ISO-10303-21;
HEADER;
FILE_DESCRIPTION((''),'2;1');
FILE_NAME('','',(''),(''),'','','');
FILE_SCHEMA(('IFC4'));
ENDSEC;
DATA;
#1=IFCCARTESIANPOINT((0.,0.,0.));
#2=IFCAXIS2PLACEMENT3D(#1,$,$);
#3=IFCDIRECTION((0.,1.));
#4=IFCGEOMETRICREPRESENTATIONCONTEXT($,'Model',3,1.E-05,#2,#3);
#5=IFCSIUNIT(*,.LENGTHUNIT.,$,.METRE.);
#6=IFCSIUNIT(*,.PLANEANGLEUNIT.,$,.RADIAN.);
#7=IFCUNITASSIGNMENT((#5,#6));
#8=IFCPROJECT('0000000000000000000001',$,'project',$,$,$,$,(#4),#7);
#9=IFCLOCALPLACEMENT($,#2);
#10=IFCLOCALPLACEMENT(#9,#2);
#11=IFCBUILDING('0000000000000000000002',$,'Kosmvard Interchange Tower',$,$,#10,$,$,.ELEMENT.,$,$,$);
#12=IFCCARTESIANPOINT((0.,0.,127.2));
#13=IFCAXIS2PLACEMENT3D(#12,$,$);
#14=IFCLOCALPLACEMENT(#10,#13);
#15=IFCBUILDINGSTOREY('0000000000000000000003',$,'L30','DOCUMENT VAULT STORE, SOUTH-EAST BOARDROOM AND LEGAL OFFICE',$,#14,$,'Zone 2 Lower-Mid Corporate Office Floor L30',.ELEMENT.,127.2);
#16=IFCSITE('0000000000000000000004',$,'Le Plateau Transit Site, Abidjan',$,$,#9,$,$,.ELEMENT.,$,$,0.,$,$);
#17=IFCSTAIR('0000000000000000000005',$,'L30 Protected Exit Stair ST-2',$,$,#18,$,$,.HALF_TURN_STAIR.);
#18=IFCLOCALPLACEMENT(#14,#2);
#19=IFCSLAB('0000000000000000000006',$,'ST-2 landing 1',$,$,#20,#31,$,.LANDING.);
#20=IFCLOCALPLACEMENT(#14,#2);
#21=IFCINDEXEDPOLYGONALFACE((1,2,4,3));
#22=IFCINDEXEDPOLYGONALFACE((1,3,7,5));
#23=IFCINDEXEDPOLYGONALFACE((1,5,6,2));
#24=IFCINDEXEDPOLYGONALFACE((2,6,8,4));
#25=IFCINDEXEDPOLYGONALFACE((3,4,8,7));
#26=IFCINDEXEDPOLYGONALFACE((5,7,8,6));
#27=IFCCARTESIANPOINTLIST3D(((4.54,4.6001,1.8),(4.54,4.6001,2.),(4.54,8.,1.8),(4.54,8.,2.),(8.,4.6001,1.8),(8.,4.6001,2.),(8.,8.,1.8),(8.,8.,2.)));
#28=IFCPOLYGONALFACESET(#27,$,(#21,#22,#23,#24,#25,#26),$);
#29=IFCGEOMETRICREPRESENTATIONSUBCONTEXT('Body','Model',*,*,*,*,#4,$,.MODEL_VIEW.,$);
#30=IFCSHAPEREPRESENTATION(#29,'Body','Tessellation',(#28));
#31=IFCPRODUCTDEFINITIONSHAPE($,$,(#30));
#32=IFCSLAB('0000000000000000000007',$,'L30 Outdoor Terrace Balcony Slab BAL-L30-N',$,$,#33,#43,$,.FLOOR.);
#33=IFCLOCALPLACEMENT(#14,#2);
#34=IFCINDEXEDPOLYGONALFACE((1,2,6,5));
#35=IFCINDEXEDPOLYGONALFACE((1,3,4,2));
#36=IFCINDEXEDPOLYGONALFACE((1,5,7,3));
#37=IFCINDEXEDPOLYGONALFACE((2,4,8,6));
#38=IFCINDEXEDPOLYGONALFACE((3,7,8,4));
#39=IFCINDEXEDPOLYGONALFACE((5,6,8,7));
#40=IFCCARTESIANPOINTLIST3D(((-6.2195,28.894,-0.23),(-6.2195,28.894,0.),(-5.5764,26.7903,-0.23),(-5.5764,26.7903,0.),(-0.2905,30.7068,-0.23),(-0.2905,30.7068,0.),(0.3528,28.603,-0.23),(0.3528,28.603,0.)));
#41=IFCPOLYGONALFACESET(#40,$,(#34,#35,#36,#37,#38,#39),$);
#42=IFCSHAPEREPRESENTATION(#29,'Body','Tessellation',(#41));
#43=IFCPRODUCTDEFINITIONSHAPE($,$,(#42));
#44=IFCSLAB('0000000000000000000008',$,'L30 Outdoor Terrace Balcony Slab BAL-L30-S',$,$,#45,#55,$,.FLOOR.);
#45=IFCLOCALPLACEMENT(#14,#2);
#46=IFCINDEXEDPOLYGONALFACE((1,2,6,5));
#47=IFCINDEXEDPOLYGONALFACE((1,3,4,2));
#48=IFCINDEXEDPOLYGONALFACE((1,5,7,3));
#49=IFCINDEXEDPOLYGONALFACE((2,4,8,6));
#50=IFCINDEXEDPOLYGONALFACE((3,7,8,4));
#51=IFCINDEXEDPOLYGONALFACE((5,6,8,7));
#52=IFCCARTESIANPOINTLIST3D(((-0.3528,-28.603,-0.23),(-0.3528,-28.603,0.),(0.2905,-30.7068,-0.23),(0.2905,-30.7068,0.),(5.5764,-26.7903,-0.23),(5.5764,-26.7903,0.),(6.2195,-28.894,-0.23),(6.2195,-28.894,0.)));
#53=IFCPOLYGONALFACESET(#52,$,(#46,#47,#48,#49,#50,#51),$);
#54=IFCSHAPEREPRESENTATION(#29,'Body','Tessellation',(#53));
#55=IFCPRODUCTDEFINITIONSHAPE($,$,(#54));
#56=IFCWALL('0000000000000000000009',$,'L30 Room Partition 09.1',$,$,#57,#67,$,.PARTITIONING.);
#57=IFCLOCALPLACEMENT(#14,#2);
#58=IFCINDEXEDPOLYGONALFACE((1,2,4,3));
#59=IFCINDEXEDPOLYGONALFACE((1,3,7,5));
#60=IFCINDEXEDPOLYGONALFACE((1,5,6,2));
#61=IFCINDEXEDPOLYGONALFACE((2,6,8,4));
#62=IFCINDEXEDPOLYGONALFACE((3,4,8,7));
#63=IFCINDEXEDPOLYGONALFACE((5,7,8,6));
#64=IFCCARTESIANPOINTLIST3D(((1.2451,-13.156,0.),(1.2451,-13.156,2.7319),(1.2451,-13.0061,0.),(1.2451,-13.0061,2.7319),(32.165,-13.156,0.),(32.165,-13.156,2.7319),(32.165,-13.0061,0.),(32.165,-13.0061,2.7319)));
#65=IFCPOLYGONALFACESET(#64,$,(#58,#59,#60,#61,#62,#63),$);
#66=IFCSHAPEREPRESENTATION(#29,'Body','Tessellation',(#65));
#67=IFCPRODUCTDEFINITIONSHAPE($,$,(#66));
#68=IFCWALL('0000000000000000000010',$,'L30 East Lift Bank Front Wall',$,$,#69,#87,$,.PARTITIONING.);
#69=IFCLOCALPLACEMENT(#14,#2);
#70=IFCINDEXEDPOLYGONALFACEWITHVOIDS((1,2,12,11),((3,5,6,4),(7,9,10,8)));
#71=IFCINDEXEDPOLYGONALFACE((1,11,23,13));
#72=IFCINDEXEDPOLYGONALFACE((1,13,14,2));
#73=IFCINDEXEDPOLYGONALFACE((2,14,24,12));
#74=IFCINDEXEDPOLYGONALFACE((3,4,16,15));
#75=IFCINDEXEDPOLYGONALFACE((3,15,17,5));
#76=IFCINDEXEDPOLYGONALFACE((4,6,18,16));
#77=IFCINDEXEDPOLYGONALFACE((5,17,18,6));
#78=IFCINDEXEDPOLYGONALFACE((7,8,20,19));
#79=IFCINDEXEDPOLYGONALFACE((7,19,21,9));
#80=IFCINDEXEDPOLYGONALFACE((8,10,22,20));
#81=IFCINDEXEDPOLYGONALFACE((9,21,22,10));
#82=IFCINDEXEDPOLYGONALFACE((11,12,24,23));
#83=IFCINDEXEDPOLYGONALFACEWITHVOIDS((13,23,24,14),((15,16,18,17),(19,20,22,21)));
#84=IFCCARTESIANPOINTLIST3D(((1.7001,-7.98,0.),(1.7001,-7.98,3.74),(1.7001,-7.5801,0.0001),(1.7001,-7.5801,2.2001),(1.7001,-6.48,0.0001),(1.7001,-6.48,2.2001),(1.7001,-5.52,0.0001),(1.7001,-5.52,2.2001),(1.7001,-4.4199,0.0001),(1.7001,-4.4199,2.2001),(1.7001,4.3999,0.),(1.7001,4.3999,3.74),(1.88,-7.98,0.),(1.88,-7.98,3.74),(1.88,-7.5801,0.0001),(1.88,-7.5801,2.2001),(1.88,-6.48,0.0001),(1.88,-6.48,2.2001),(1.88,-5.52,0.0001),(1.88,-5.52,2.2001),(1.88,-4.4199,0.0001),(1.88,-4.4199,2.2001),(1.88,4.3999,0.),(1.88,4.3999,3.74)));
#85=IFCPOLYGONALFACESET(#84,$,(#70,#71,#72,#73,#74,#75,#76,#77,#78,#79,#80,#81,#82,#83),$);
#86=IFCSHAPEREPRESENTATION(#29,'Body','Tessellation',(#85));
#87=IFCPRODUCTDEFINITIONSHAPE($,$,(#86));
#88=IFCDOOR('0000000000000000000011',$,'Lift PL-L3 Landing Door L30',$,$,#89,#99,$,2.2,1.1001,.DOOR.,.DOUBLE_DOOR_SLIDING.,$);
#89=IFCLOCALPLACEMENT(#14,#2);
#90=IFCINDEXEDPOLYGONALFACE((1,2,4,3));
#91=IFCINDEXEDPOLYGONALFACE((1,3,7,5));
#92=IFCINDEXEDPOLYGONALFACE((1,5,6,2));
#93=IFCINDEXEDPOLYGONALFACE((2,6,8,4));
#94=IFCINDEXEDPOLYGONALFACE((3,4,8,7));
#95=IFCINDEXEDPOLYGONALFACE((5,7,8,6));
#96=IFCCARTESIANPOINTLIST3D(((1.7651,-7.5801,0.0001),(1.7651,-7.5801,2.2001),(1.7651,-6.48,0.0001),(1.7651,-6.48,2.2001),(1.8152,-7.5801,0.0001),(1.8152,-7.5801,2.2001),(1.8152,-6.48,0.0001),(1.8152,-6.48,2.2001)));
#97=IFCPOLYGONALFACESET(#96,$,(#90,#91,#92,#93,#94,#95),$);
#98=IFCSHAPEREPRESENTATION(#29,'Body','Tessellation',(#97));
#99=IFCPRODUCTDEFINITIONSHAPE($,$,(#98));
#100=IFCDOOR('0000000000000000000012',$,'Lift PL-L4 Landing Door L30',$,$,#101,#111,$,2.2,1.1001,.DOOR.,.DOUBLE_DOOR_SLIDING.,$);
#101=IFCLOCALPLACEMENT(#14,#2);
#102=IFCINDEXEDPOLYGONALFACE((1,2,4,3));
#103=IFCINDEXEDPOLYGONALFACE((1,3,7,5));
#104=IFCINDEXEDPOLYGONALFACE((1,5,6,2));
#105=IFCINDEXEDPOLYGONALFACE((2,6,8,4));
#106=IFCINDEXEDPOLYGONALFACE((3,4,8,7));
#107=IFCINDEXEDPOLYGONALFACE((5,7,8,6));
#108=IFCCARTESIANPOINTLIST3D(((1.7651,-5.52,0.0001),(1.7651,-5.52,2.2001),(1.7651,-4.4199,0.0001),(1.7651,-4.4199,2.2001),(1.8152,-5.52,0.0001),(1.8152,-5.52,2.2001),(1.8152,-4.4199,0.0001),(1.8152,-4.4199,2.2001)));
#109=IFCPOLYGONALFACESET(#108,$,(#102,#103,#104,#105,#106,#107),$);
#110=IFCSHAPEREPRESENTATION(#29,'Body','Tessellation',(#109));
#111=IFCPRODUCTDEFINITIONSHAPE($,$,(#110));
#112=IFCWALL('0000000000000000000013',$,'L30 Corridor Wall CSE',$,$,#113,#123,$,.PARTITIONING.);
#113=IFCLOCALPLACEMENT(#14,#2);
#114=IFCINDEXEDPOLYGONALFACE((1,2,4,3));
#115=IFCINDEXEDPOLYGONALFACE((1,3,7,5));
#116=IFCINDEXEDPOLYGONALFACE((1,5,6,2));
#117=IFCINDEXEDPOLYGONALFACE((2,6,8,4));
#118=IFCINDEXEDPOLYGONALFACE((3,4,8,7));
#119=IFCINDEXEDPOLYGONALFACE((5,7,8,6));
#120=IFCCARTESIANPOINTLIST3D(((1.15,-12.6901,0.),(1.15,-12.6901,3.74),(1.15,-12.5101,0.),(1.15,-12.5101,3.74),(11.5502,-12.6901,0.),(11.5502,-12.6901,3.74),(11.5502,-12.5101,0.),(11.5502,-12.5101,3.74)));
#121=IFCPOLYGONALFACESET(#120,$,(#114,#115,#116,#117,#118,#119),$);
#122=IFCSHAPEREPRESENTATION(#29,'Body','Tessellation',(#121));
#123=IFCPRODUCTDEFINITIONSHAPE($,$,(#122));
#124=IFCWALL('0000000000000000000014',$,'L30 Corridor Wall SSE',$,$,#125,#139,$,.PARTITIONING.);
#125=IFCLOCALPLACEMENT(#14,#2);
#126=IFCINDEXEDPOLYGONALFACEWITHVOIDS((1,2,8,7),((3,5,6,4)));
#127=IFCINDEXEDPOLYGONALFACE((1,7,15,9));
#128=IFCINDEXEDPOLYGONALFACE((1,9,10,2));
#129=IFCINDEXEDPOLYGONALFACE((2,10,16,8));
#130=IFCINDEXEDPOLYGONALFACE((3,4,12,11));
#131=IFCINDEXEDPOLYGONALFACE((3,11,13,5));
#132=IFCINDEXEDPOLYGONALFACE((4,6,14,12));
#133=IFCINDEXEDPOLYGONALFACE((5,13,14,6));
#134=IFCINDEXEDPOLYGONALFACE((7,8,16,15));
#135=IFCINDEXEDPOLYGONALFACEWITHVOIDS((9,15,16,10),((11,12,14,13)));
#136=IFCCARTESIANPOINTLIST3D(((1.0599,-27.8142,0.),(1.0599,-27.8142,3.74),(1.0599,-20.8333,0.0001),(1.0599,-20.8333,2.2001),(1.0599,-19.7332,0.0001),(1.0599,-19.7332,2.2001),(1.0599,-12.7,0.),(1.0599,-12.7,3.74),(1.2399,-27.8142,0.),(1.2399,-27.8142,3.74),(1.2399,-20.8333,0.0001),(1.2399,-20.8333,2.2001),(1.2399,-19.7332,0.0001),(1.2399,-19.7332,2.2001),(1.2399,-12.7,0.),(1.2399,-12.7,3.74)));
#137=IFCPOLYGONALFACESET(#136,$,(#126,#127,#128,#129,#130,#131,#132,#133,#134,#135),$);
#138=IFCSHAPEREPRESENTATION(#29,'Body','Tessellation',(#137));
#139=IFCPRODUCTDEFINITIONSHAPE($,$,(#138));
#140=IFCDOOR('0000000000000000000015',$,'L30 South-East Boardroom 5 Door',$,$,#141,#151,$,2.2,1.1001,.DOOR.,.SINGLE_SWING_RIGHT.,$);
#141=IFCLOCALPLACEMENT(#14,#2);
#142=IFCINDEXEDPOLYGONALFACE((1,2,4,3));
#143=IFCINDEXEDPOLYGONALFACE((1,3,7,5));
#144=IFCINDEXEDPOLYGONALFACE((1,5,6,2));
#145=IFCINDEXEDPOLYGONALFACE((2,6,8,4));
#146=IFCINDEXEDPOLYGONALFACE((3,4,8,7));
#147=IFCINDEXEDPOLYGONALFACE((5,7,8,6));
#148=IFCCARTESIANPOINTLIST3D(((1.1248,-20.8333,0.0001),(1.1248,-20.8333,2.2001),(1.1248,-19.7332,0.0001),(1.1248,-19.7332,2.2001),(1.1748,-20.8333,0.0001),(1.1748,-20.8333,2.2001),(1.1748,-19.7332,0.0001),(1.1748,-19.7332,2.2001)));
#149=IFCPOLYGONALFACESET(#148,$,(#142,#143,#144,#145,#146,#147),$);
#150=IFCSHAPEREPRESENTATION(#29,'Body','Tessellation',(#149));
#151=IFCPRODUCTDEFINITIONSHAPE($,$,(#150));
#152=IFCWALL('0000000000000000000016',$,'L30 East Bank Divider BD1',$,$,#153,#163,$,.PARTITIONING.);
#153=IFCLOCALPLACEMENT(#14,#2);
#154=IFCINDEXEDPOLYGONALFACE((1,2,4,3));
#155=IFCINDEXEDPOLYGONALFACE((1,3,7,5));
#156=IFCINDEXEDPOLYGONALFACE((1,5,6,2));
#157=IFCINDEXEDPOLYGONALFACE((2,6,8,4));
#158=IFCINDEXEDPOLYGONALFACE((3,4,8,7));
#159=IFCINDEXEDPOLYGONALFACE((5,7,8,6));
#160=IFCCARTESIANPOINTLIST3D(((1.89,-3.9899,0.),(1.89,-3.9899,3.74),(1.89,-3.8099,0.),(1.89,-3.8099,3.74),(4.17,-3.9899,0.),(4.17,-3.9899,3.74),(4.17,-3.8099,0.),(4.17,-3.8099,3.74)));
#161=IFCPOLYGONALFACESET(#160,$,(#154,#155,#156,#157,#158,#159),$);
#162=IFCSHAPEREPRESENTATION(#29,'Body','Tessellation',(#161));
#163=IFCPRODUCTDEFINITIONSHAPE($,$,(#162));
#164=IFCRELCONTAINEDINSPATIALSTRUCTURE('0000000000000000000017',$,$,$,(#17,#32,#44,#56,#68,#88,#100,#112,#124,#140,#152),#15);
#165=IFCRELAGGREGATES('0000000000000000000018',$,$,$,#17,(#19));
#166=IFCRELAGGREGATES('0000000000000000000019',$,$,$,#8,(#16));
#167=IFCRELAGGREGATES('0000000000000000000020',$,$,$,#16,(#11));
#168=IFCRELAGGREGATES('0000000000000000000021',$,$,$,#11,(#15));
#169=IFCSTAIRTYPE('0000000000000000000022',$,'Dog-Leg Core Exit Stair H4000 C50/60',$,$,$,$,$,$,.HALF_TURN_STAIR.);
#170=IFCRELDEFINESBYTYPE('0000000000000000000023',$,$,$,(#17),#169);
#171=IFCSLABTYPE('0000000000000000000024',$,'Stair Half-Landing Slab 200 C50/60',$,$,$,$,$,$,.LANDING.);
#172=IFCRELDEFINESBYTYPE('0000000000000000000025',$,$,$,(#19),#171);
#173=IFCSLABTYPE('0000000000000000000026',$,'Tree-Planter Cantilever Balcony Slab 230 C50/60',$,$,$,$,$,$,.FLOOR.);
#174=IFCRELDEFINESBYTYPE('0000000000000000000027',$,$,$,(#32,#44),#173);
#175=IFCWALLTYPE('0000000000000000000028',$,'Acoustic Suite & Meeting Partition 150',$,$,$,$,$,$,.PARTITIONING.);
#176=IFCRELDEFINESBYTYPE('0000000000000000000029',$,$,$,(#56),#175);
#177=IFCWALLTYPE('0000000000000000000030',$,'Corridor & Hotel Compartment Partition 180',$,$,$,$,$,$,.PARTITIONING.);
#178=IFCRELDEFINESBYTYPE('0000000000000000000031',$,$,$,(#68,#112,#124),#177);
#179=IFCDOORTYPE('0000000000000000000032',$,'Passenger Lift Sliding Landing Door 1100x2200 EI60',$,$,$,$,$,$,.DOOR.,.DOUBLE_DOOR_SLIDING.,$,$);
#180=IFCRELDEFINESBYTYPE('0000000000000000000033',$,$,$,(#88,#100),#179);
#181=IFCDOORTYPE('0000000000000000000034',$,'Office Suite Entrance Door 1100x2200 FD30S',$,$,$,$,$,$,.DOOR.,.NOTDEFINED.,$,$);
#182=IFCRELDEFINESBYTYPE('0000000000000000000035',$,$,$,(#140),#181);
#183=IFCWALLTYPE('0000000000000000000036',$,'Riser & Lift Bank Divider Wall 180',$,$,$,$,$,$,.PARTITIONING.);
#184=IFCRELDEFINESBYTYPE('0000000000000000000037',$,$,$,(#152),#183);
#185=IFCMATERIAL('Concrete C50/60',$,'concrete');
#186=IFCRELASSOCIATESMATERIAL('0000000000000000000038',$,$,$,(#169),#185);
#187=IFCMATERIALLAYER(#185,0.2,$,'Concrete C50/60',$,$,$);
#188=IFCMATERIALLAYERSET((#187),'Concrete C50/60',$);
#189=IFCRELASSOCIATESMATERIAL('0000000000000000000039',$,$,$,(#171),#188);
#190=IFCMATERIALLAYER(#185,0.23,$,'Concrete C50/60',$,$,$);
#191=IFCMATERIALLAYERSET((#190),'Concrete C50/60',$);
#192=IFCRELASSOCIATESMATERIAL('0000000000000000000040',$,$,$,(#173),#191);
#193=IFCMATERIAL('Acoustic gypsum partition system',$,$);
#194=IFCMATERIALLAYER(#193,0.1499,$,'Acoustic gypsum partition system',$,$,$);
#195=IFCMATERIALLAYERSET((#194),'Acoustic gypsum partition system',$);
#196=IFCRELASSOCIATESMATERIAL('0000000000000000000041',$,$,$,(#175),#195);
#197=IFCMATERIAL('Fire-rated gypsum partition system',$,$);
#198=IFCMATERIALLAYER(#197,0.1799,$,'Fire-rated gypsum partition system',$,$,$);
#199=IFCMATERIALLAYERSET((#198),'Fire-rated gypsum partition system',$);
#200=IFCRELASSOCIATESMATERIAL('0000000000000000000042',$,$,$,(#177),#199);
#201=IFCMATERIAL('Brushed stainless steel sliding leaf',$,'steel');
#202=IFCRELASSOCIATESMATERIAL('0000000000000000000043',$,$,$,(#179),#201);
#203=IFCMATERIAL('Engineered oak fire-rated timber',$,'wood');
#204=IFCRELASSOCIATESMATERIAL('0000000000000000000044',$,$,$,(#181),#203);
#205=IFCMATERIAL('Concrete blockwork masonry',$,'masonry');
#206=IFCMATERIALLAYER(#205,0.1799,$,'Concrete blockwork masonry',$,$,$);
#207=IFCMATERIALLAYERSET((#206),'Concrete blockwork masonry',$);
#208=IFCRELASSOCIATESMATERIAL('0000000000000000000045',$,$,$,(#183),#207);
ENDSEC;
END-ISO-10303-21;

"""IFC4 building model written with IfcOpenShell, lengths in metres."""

from ifc_helpers import new_model, si_unit, direction, frame, frame_2d, origin, place, context, subcontext, project, spatial, polyline, rectangle, outline, extrude, source, transform, mapped, material, layer, layer_set, type_object, element, fill, aggregate, save


model = new_model("IFC4")

# Units and contexts
model_context = context("Model", 3, precision=1e-05, world=origin(), true_north=direction((0.0, 1.0)))
body_context = subcontext(model_context, "Body", "Model", "MODEL_VIEW")
ifc_project = project(units=[si_unit("LENGTHUNIT", "METRE"), si_unit("PLANEANGLEUNIT", "RADIAN")], contexts=[model_context])

# Site, building, storey
site_placement = place(None, origin())
site = spatial("IfcSite", under=ifc_project, at=site_placement, Name="Le Plateau Transit Site, Abidjan", CompositionType="ELEMENT", RefElevation=0.0)
building_placement = place(site_placement, origin())
building = spatial("IfcBuilding", under=site, at=building_placement, Name="Kosmvard Interchange Tower", CompositionType="ELEMENT")
storey_placement = place(building_placement, frame((0.0, 0.0, 127.2)))
storey = spatial("IfcBuildingStorey", under=building, at=storey_placement, Name="L30", Description="DOCUMENT VAULT STORE, SOUTH-EAST BOARDROOM AND LEGAL OFFICE", LongName="Zone 2 Lower-Mid Corporate Office Floor L30", CompositionType="ELEMENT", Elevation=127.2)

# Shared definitions
ifc_material_1 = material(Name="Concrete C50/60", Category="concrete")

# Stair, slab
stair_type = type_object("IfcStairType", Name="Dog-Leg Core Exit Stair H4000 C50/60", PredefinedType="HALF_TURN_STAIR", material=ifc_material_1)
ifc_layer_1 = layer(ifc_material_1, 0.2, Name="Concrete C50/60")
ifc_layer_set_1 = layer_set([ifc_layer_1], Name="Concrete C50/60")
slab_type_1 = type_object("IfcSlabType", Name="Stair Half-Landing Slab 200 C50/60", PredefinedType="LANDING", material=ifc_layer_set_1)
stair_1_placement = place(storey_placement, origin())
stair_1 = element("IfcStair", 1, at=stair_1_placement, inside=storey, type_object=stair_type, Name="L30 Protected Exit Stair ST-2", PredefinedType="HALF_TURN_STAIR")
slab_1_placement = place(storey_placement, frame((0.0, 0.0, 1.8)))
slab_1 = element("IfcSlab", 2, at=slab_1_placement, type_object=slab_type_1, Name="ST-2 landing 1", PredefinedType="LANDING", context=body_context, shape_type="SweptSolid", body=[
    extrude(outline(polyline([(8.0, 4.6001), (8.0, 8.0), (4.54, 8.0), (4.54, 4.6001), (8.0, 4.6001)])), origin(), (0.0, 0.0, 1.0), 0.2),
])
aggregate(stair_1, [slab_1])

# Slabs
ifc_layer_2 = layer(ifc_material_1, 0.23, Name="Concrete C50/60")
ifc_layer_set_2 = layer_set([ifc_layer_2], Name="Concrete C50/60")
slab_type_2 = type_object("IfcSlabType", Name="Tree-Planter Cantilever Balcony Slab 230 C50/60", PredefinedType="FLOOR", material=ifc_layer_set_2)
slab_2_placement = place(storey_placement, frame((0.0, 0.0, -0.23)))
element("IfcSlab", 3, at=slab_2_placement, inside=storey, type_object=slab_type_2, Name="L30 Outdoor Terrace Balcony Slab BAL-L30-N", PredefinedType="FLOOR", context=body_context, shape_type="SweptSolid", body=[
    extrude(outline(polyline([(-5.5764, 26.7903), (0.3528, 28.603), (-0.2905, 30.7068), (-6.2195, 28.894), (-5.5764, 26.7903)])), origin(), (0.0, 0.0, 1.0), 0.23),
])
slab_3_placement = place(storey_placement, frame((0.0, 0.0, -0.23)))
element("IfcSlab", 4, at=slab_3_placement, inside=storey, type_object=slab_type_2, Name="L30 Outdoor Terrace Balcony Slab BAL-L30-S", PredefinedType="FLOOR", context=body_context, shape_type="SweptSolid", body=[
    extrude(outline(polyline([(0.2905, -30.7068), (6.2195, -28.894), (5.5764, -26.7903), (-0.3528, -28.603), (0.2905, -30.7068)])), origin(), (0.0, 0.0, 1.0), 0.23),
])

# Wall
ifc_material_2 = material(Name="Acoustic gypsum partition system")
ifc_layer_3 = layer(ifc_material_2, 0.1499, Name="Acoustic gypsum partition system")
ifc_layer_set_3 = layer_set([ifc_layer_3], Name="Acoustic gypsum partition system")
wall_type_1 = type_object("IfcWallType", Name="Acoustic Suite & Meeting Partition 150", PredefinedType="PARTITIONING", material=ifc_layer_set_3)
wall_1_placement = place(storey_placement, frame((1.2451, -13.0811, 0.0), z_axis=(0.0, 0.0, 1.0), x_axis=(1.0, 0.0, 0.0)))
element("IfcWall", 5, at=wall_1_placement, inside=storey, type_object=wall_type_1, Name="L30 Room Partition 09.1", PredefinedType="PARTITIONING", context=body_context, shape_type="SweptSolid", body=[
    extrude(rectangle(XDim=30.9199, YDim=0.1499, at=frame_2d((15.46, 0.0))), origin(), (0.0, 0.0, 1.0), 2.7319),
])

# Wall, openings, doors
ifc_material_3 = material(Name="Fire-rated gypsum partition system")
ifc_layer_4 = layer(ifc_material_3, 0.1799, Name="Fire-rated gypsum partition system")
ifc_layer_set_4 = layer_set([ifc_layer_4], Name="Fire-rated gypsum partition system")
wall_type_2 = type_object("IfcWallType", Name="Corridor & Hotel Compartment Partition 180", PredefinedType="PARTITIONING", material=ifc_layer_set_4)
wall_2_placement = place(storey_placement, frame((1.79, -7.98, 0.0), z_axis=(0.0, 0.0, 1.0), x_axis=(0.0, 1.0, 0.0)))
wall_2 = element("IfcWall", 6, at=wall_2_placement, inside=storey, type_object=wall_type_2, Name="L30 East Lift Bank Front Wall", PredefinedType="PARTITIONING", context=body_context, shape_type="SweptSolid", body=[
    extrude(rectangle(XDim=12.3799, YDim=0.1799, at=frame_2d((6.1899, 0.0))), origin(), (0.0, 0.0, 1.0), 3.74),
])
opening_1_placement = place(wall_2_placement, frame((0.3999, 0.0, 0.0)))
opening_1 = element("IfcOpeningElement", 7, at=opening_1_placement, cuts=wall_2, PredefinedType="OPENING", context=body_context, shape_type="SweptSolid", body=[
    extrude(rectangle(XDim=1.1001, YDim=2.2, at=frame_2d((0.55, 1.1001))), frame((0.0, 0.1001, 0.0), z_axis=(0.0, -1.0, 0.0), x_axis=(1.0, 0.0, 0.0)), (0.0, 0.0, 1.0), 0.2),
])
opening_2_placement = place(wall_2_placement, frame((2.46, 0.0, 0.0)))
opening_2 = element("IfcOpeningElement", 8, at=opening_2_placement, cuts=wall_2, PredefinedType="OPENING", context=body_context, shape_type="SweptSolid", body=[
    extrude(rectangle(XDim=1.1001, YDim=2.2, at=frame_2d((0.55, 1.1001))), frame((0.0, 0.1001, 0.0), z_axis=(0.0, -1.0, 0.0), x_axis=(1.0, 0.0, 0.0)), (0.0, 0.0, 1.0), 0.2),
])
ifc_material_4 = material(Name="Brushed stainless steel sliding leaf", Category="steel")
door_type_1 = type_object("IfcDoorType", Name="Passenger Lift Sliding Landing Door 1100x2200 EI60", OperationType="DOUBLE_DOOR_SLIDING", PredefinedType="DOOR", material=ifc_material_4)
shared_shape_1 = source(origin(), body_context, "Body", "SweptSolid", [
    extrude(rectangle(XDim=1.1001, YDim=2.2, at=frame_2d((0.55, 1.1001))), frame((0.0, 0.0249, 0.0), z_axis=(0.0, -1.0, 0.0), x_axis=(1.0, 0.0, 0.0)), (0.0, 0.0, 1.0), 0.05),
])
door_1_placement = place(opening_1_placement, origin())
door_1 = element("IfcDoor", 9, at=door_1_placement, inside=storey, type_object=door_type_1, Name="Lift PL-L3 Landing Door L30", OperationType="DOUBLE_DOOR_SLIDING", OverallHeight=2.2, OverallWidth=1.1001, PredefinedType="DOOR", context=body_context, shape_type="MappedRepresentation", body=[
    mapped(shared_shape_1, transform((0.0, 0.0, 0.0), scale=1.0)),
])
fill(opening_1, door_1)
door_2_placement = place(opening_2_placement, origin())
door_2 = element("IfcDoor", 10, at=door_2_placement, inside=storey, type_object=door_type_1, Name="Lift PL-L4 Landing Door L30", OperationType="DOUBLE_DOOR_SLIDING", OverallHeight=2.2, OverallWidth=1.1001, PredefinedType="DOOR", context=body_context, shape_type="MappedRepresentation", body=[
    mapped(shared_shape_1, transform((0.0, 0.0, 0.0), scale=1.0)),
])
fill(opening_2, door_2)

# Wall
wall_3_placement = place(storey_placement, frame((1.1499, -12.6001, 0.0), z_axis=(0.0, 0.0, 1.0), x_axis=(1.0, 0.0, 0.0)))
element("IfcWall", 11, at=wall_3_placement, inside=storey, type_object=wall_type_2, Name="L30 Corridor Wall CSE", PredefinedType="PARTITIONING", context=body_context, shape_type="SweptSolid", body=[
    extrude(rectangle(XDim=10.4001, YDim=0.1799, at=frame_2d((5.2002, 0.0))), origin(), (0.0, 0.0, 1.0), 3.74),
])

# Wall, opening, door
wall_4_placement = place(storey_placement, frame((1.1499, -27.8142, 0.0), z_axis=(0.0, 0.0, 1.0), x_axis=(0.0, 1.0, 0.0)))
wall_4 = element("IfcWall", 12, at=wall_4_placement, inside=storey, type_object=wall_type_2, Name="L30 Corridor Wall SSE", PredefinedType="PARTITIONING", context=body_context, shape_type="SweptSolid", body=[
    extrude(rectangle(XDim=15.1143, YDim=0.1799, at=frame_2d((7.5571, 0.0))), origin(), (0.0, 0.0, 1.0), 3.74),
])
opening_3_placement = place(wall_4_placement, frame((6.981, 0.0, 0.0)))
opening_3 = element("IfcOpeningElement", 13, at=opening_3_placement, cuts=wall_4, PredefinedType="OPENING", context=body_context, shape_type="SweptSolid", body=[
    extrude(rectangle(XDim=1.1001, YDim=2.2, at=frame_2d((0.55, 1.1001))), frame((0.0, 0.1001, 0.0), z_axis=(0.0, -1.0, 0.0), x_axis=(1.0, 0.0, 0.0)), (0.0, 0.0, 1.0), 0.2),
])
ifc_material_5 = material(Name="Engineered oak fire-rated timber", Category="wood")
door_type_2 = type_object("IfcDoorType", Name="Office Suite Entrance Door 1100x2200 FD30S", OperationType="NOTDEFINED", PredefinedType="DOOR", material=ifc_material_5)
door_3_placement = place(opening_3_placement, frame((1.1001, 0.0, 0.0), z_axis=(0.0, 0.0, 1.0), x_axis=(-1.0, 0.0, 0.0)))
door_3 = element("IfcDoor", 14, at=door_3_placement, inside=storey, type_object=door_type_2, Name="L30 South-East Boardroom 5 Door", OperationType="SINGLE_SWING_RIGHT", OverallHeight=2.2, OverallWidth=1.1001, PredefinedType="DOOR", context=body_context, shape_type="MappedRepresentation", body=[
    mapped(shared_shape_1, transform((0.0, 0.0, 0.0), scale=1.0)),
])
fill(opening_3, door_3)

# Wall
ifc_material_6 = material(Name="Concrete blockwork masonry", Category="masonry")
ifc_layer_5 = layer(ifc_material_6, 0.1799, Name="Concrete blockwork masonry")
ifc_layer_set_5 = layer_set([ifc_layer_5], Name="Concrete blockwork masonry")
wall_type_3 = type_object("IfcWallType", Name="Riser & Lift Bank Divider Wall 180", PredefinedType="PARTITIONING", material=ifc_layer_set_5)
wall_5_placement = place(storey_placement, frame((1.8899, -3.8999, 0.0), z_axis=(0.0, 0.0, 1.0), x_axis=(1.0, 0.0, 0.0)))
element("IfcWall", 15, at=wall_5_placement, inside=storey, type_object=wall_type_3, Name="L30 East Bank Divider BD1", PredefinedType="PARTITIONING", context=body_context, shape_type="SweptSolid", body=[
    extrude(rectangle(XDim=2.28, YDim=0.1799, at=frame_2d((1.1401, 0.0))), origin(), (0.0, 0.0, 1.0), 3.74),
])

save(model, "model.ifc")
